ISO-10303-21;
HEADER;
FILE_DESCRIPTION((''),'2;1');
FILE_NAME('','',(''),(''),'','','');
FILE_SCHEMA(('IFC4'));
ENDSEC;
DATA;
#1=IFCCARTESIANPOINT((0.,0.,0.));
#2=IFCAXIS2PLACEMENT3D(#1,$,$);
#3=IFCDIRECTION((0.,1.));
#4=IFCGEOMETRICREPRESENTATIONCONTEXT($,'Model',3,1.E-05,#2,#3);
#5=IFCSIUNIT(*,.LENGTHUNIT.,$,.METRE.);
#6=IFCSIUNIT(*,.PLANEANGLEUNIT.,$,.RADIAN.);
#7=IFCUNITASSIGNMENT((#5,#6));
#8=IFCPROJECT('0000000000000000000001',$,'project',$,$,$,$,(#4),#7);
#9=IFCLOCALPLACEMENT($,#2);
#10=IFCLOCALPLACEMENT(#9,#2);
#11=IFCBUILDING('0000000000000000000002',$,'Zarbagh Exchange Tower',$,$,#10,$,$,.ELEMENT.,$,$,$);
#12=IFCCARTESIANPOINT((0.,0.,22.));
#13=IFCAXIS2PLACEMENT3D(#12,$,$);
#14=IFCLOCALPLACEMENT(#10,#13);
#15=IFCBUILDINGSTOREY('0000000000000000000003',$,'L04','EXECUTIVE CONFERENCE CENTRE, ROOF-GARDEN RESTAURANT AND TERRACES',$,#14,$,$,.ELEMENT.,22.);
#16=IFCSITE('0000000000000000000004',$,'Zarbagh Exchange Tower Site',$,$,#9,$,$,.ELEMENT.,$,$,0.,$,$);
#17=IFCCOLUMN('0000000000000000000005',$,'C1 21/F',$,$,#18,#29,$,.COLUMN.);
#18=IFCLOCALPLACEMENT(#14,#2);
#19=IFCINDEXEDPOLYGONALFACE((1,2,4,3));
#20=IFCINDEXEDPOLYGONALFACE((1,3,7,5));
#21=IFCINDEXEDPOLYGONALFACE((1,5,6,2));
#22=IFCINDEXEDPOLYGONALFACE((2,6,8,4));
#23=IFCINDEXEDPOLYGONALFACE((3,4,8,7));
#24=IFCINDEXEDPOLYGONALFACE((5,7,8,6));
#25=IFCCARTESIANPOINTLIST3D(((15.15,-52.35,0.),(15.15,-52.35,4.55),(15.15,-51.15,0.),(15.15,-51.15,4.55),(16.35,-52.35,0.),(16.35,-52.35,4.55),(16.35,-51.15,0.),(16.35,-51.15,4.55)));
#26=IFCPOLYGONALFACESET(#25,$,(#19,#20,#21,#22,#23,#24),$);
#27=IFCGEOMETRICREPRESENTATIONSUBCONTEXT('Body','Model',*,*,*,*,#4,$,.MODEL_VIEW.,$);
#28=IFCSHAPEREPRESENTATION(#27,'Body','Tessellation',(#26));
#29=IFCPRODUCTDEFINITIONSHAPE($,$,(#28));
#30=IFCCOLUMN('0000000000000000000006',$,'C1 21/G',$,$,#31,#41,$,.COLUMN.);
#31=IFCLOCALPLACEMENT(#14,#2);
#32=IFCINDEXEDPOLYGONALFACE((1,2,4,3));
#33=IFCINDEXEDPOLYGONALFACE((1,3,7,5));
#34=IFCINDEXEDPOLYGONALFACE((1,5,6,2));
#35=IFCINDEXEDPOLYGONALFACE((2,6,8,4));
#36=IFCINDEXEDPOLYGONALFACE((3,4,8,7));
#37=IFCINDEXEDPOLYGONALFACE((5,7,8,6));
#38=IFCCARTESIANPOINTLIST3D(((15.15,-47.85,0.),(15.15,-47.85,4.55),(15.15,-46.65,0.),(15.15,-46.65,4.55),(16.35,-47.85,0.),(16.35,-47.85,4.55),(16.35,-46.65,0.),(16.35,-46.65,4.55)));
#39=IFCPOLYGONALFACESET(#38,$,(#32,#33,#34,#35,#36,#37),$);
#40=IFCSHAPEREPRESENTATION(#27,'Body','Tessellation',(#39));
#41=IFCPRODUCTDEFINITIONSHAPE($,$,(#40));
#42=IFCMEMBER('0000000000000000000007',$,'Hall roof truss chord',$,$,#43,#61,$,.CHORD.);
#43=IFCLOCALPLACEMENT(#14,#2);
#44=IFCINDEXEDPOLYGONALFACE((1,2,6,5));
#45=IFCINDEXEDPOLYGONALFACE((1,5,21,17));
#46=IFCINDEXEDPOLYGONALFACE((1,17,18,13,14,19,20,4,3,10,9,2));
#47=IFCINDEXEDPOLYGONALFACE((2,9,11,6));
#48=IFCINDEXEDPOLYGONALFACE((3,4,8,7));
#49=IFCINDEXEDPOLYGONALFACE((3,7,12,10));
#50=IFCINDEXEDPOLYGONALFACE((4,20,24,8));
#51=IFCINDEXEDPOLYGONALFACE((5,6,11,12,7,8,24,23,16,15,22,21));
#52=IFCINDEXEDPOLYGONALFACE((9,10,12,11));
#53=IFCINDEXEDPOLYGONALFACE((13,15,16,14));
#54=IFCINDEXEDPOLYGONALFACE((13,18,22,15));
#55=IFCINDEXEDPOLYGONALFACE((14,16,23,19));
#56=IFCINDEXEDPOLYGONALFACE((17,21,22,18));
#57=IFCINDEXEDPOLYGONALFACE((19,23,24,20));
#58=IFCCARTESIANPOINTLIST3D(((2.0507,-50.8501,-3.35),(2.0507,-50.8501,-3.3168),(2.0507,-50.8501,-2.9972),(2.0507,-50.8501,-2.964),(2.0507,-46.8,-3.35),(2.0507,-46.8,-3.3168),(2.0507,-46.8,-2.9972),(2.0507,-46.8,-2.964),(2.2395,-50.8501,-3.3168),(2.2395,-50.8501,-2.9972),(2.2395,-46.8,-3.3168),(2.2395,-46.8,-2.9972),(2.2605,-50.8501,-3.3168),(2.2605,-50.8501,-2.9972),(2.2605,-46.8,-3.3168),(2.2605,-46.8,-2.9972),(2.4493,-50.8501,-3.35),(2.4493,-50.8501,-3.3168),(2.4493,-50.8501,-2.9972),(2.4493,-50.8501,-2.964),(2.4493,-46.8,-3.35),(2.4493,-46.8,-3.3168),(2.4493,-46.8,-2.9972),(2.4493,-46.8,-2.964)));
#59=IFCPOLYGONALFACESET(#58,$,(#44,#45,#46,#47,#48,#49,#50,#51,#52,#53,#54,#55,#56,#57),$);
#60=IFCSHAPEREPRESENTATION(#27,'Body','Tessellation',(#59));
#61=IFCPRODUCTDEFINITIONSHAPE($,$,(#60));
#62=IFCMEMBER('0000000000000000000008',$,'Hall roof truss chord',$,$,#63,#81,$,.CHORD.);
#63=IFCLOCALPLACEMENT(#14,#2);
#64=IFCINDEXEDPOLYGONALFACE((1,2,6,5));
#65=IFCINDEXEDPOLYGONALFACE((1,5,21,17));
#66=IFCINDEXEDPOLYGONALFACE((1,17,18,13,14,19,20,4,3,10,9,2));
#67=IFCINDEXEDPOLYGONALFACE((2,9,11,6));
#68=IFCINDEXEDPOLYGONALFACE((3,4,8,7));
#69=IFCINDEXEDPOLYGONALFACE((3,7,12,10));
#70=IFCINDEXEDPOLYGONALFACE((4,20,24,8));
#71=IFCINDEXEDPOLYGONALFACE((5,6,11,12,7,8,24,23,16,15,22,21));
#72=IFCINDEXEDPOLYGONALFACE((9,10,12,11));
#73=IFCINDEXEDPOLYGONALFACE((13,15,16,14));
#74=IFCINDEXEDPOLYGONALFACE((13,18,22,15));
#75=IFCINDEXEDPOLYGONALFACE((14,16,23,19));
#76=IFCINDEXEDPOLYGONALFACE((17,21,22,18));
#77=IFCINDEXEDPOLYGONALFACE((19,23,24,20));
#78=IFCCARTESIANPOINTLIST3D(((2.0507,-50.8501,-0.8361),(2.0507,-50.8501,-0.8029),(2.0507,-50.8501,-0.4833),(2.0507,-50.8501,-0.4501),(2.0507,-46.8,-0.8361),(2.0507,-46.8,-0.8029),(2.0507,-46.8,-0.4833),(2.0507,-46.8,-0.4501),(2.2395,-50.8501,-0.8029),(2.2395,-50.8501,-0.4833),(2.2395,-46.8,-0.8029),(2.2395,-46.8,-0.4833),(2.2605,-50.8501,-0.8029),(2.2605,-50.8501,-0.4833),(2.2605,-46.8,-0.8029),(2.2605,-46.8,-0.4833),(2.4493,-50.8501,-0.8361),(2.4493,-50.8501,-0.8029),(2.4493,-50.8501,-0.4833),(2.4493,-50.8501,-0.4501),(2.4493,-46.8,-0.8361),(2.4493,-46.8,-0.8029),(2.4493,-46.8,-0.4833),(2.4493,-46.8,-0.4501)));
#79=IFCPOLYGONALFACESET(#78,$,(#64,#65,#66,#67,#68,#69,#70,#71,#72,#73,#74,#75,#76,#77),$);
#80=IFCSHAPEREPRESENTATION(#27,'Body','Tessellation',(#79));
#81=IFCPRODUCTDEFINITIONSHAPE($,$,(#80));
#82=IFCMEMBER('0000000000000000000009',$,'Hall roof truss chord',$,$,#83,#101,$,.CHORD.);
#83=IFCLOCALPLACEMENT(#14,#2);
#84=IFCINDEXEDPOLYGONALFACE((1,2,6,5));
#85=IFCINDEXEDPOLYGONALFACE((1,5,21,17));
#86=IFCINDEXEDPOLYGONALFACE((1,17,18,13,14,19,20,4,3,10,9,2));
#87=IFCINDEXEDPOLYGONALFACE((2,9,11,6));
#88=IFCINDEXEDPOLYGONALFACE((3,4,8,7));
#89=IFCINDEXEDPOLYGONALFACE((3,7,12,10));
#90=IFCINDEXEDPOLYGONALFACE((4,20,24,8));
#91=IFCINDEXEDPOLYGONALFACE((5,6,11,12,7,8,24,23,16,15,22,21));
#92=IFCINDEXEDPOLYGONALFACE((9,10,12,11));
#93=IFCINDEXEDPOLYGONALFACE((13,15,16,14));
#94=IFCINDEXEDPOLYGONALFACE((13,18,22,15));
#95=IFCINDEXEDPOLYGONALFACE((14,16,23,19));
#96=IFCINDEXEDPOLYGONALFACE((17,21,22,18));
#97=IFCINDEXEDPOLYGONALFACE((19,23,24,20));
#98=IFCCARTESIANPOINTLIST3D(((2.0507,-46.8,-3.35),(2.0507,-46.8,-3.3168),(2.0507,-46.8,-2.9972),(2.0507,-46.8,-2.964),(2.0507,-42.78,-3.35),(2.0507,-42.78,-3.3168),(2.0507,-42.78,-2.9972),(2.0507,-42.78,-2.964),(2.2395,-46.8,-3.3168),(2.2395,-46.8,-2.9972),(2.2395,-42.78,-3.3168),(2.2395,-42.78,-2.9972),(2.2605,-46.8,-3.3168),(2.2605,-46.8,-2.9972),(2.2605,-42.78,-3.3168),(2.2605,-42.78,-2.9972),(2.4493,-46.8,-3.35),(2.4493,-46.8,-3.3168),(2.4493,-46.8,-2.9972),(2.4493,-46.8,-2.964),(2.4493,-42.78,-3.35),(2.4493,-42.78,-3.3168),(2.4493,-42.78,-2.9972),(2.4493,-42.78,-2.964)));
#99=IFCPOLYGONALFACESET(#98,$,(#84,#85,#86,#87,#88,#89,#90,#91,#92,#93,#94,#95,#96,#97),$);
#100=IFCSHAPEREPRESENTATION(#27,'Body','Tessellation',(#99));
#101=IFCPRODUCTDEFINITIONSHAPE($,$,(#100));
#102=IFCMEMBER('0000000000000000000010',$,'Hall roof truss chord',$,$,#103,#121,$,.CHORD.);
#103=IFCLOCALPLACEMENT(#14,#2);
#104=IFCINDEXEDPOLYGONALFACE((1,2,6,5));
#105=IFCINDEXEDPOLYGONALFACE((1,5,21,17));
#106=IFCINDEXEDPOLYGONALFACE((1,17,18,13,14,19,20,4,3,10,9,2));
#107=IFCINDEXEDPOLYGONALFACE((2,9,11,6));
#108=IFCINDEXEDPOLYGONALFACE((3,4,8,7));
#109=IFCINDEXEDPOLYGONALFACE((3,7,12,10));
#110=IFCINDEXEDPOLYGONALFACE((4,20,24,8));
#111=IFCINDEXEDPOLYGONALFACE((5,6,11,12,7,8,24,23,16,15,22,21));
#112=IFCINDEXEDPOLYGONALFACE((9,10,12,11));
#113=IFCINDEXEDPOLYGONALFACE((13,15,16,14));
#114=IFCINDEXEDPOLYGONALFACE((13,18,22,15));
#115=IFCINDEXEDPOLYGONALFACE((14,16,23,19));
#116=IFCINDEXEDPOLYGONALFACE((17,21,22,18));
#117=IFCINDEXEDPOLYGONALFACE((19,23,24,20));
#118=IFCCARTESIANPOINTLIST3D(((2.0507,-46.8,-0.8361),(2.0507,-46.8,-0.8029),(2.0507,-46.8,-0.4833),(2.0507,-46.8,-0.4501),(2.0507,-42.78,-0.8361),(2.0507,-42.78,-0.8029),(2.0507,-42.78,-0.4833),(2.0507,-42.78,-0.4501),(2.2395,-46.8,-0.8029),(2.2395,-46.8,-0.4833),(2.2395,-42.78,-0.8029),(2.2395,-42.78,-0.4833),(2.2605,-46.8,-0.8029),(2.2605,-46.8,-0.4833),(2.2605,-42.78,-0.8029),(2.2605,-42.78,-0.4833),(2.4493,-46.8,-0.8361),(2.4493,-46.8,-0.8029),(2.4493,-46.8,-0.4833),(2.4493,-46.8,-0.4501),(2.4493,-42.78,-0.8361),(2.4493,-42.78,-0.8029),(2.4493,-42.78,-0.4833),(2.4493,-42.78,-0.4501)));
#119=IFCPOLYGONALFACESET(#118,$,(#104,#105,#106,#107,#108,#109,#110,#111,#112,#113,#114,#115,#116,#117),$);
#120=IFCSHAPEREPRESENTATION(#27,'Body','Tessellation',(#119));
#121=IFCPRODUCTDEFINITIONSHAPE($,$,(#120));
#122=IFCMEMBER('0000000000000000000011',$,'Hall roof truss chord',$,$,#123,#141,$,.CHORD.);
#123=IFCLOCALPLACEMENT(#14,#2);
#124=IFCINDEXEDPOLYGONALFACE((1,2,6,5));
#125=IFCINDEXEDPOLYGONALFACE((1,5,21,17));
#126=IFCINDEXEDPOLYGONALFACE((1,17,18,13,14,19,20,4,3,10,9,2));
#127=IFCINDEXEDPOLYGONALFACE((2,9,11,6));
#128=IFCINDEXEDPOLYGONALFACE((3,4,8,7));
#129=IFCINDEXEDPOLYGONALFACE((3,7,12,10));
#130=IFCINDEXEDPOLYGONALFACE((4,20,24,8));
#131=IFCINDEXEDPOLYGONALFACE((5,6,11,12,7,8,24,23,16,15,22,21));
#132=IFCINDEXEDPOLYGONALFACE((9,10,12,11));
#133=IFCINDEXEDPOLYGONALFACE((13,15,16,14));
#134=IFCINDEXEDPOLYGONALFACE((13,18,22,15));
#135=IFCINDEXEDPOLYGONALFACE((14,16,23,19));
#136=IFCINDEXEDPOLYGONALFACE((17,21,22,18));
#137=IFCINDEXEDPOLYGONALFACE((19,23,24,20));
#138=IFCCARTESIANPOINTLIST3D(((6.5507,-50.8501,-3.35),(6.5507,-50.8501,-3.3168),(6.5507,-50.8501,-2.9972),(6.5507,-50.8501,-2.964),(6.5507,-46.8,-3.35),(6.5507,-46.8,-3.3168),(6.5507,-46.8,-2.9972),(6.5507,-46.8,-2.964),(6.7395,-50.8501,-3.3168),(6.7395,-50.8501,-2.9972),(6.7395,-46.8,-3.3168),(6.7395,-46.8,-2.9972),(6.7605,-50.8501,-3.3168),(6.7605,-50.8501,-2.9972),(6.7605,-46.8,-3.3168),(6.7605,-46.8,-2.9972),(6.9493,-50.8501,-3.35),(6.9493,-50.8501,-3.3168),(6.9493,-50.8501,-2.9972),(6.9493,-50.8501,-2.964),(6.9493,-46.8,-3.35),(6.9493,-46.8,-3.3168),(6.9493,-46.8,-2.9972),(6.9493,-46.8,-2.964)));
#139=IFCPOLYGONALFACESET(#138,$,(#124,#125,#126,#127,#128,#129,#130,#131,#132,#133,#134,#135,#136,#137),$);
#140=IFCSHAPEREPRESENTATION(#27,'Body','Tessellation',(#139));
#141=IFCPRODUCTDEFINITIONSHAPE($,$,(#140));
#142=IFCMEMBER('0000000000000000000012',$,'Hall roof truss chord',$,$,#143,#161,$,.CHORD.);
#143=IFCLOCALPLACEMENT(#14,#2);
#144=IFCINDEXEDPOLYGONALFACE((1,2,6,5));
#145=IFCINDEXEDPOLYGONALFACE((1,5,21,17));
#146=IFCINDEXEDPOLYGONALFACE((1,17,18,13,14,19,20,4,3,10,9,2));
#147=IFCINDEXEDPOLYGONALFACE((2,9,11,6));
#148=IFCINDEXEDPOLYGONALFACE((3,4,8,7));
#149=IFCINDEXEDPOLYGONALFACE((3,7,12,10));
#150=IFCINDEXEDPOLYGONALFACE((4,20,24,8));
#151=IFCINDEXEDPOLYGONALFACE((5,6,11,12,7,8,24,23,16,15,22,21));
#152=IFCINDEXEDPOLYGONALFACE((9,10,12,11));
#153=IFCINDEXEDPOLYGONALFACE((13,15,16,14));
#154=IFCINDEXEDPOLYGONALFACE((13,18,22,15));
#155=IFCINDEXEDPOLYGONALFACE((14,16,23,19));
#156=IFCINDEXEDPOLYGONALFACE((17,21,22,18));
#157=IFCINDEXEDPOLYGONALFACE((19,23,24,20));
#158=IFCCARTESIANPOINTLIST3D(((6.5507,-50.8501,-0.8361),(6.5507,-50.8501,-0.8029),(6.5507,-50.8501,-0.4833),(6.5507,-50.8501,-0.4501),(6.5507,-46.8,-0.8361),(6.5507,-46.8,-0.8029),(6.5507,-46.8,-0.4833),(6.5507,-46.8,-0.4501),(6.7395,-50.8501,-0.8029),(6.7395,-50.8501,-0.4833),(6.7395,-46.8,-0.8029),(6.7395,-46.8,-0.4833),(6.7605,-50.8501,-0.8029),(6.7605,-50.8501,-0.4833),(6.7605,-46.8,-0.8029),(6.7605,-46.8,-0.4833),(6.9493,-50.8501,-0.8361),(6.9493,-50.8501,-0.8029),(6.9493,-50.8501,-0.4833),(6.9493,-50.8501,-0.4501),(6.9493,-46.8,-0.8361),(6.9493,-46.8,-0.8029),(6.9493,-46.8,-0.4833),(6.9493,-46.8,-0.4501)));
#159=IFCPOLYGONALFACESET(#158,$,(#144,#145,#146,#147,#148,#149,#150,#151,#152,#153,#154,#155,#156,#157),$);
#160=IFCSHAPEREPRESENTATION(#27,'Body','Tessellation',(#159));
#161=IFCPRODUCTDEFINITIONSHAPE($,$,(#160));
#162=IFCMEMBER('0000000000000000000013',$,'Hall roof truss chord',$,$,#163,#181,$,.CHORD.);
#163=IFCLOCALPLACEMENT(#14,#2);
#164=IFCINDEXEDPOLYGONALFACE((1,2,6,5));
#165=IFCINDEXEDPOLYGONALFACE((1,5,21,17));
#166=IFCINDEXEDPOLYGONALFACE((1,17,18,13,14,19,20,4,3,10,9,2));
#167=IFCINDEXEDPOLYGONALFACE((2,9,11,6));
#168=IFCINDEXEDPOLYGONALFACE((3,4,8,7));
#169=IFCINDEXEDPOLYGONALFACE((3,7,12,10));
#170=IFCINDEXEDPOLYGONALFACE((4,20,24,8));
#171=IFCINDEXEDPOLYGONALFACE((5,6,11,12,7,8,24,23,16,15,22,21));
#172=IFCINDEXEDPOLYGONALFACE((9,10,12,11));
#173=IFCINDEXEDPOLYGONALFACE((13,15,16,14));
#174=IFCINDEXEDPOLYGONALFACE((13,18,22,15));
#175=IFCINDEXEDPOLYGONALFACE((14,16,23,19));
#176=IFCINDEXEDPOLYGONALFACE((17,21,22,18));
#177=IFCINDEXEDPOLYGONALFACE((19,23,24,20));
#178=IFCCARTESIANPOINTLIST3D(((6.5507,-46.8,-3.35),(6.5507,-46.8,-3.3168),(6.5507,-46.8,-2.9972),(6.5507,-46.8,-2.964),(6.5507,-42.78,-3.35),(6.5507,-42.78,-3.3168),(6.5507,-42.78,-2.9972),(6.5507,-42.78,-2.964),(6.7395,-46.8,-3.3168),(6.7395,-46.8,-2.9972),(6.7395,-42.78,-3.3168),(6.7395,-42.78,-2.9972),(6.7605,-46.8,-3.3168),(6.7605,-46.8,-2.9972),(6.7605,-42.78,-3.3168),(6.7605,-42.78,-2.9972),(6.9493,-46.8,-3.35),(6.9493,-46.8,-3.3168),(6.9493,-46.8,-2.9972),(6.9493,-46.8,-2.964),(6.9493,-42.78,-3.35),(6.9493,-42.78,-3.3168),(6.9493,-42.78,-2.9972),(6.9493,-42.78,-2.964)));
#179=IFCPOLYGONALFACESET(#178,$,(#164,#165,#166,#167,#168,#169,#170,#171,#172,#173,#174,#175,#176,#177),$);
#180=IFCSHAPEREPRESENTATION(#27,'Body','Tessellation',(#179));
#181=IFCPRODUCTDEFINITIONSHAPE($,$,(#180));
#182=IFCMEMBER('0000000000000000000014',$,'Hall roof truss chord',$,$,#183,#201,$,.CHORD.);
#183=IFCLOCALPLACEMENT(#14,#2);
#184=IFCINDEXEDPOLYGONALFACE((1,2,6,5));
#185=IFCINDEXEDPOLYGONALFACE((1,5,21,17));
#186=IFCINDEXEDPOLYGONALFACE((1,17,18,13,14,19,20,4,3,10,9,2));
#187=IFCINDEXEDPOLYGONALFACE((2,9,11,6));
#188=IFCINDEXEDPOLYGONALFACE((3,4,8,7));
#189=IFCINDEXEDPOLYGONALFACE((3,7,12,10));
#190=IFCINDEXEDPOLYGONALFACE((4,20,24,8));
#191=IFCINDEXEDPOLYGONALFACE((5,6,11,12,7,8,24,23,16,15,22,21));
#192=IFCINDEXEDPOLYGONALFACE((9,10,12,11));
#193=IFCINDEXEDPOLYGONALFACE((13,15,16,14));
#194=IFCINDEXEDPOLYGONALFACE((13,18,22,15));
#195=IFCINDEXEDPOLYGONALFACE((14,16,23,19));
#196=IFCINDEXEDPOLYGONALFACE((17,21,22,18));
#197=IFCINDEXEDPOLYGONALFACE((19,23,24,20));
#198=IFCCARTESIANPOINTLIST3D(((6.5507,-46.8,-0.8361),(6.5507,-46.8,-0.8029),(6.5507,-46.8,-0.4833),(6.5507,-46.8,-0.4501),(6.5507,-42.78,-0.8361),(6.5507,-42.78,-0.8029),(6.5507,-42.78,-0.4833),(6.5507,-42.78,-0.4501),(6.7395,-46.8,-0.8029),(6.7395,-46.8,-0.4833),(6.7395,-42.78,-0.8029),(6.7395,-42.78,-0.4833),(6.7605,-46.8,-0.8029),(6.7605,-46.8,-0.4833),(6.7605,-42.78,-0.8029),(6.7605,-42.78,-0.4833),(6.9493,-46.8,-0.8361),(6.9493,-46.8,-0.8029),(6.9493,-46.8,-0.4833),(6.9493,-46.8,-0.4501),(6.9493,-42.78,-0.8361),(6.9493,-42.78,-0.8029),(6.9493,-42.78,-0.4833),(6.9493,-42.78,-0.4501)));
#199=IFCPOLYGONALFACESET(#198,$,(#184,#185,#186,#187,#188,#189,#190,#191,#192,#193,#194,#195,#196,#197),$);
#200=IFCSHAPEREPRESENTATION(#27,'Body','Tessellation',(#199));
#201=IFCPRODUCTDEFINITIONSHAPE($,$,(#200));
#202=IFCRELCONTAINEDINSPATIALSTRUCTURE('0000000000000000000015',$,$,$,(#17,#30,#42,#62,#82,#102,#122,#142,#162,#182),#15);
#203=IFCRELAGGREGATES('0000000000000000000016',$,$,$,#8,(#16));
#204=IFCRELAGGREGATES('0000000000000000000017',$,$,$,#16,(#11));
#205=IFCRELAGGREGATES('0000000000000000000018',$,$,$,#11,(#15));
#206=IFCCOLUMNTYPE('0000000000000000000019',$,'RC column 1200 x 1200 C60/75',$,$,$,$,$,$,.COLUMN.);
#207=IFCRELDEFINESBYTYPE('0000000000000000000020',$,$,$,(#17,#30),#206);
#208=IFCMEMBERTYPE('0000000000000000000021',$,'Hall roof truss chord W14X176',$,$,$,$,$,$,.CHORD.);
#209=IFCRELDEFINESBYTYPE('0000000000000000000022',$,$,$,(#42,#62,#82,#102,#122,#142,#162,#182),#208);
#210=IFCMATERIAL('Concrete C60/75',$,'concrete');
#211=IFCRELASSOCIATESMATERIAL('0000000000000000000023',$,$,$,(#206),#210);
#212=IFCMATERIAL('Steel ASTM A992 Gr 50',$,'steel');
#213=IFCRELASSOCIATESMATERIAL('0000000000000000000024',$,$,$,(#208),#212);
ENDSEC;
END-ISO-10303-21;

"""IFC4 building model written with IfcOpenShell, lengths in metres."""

from ifc_helpers import new_model, si_unit, direction, frame, origin, origin_2d, place, context, subcontext, project, spatial, rectangle, i_section, extrude, material, material_profile, profile_set, type_object, element, save


model = new_model("IFC4")

# Units and contexts
model_context = context("Model", 3, precision=1e-05, world=origin(), true_north=direction((0.0, 1.0)))
body_context = subcontext(model_context, "Body", "Model", "MODEL_VIEW")
ifc_project = project(units=[si_unit("LENGTHUNIT", "METRE"), si_unit("PLANEANGLEUNIT", "RADIAN")], contexts=[model_context])

# Site, building, storey
site_placement = place(None, origin())
site = spatial("IfcSite", under=ifc_project, at=site_placement, Name="Zarbagh Exchange Tower Site", CompositionType="ELEMENT", RefElevation=0.0)
building_placement = place(site_placement, origin())
building = spatial("IfcBuilding", under=site, at=building_placement, Name="Zarbagh Exchange Tower", CompositionType="ELEMENT")
storey_placement = place(building_placement, frame((0.0, 0.0, 22.0)))
storey = spatial("IfcBuildingStorey", under=building, at=storey_placement, Name="L04", Description="EXECUTIVE CONFERENCE CENTRE, ROOF-GARDEN RESTAURANT AND TERRACES", CompositionType="ELEMENT", Elevation=22.0)

# Columns
ifc_material_1 = material(Name="Concrete C60/75", Category="concrete")
ifc_material_profile_1 = material_profile(ifc_material_1, rectangle(XDim=1.2, YDim=1.2, at=origin_2d()), Name="RC column 1200 x 1200 C60/75")
ifc_profile_set_1 = profile_set([ifc_material_profile_1], Name="Concrete C60/75")
column_type = type_object("IfcColumnType", Name="RC column 1200 x 1200 C60/75", PredefinedType="COLUMN", material=ifc_profile_set_1)
for number, where, z_axis, x_axis, name in (
    (1, (15.75, -51.75, 0.0), (0.0, 0.0, 1.0), (1.0, 0.0, 0.0), "C1 21/F"),
    (2, (15.75, -47.25, 0.0), (0.0, 0.0, 1.0), (1.0, 0.0, 0.0), "C1 21/G"),
):
    element("IfcColumn", number, at=place(storey_placement, frame(where, z_axis=z_axis, x_axis=x_axis)), inside=storey, type_object=column_type, Name=name, PredefinedType="COLUMN", context=body_context, shape_type="SweptSolid", body=[
        extrude(rectangle(XDim=1.2, YDim=1.2, at=origin_2d()), origin(), (0.0, 0.0, 1.0), 4.55),
    ])

# Members
ifc_material_2 = material(Name="Steel ASTM A992 Gr 50", Category="steel")
ifc_material_profile_2 = material_profile(ifc_material_2, i_section(OverallWidth=0.3987, OverallDepth=0.386, WebThickness=0.021, FlangeThickness=0.0332, at=origin_2d()), Name="W14X176")
ifc_profile_set_2 = profile_set([ifc_material_profile_2], Name="Steel ASTM A992 Gr 50")
member_type_1 = type_object("IfcMemberType", Name="Hall roof truss chord W14X176", PredefinedType="CHORD", material=ifc_profile_set_2)
for number, where, z_axis, x_axis, name in (
    (3, (2.25, -50.8501, -3.157), (0.0, 1.0, 0.0), (-1.0, 0.0, 0.0), "Hall roof truss chord"),
    (4, (2.25, -50.8501, -0.6431), (0.0, 1.0, 0.0), (-1.0, 0.0, 0.0), "Hall roof truss chord"),
):
    element("IfcMember", number, at=place(storey_placement, frame(where, z_axis=z_axis, x_axis=x_axis)), inside=storey, type_object=member_type_1, Name=name, PredefinedType="CHORD", context=body_context, shape_type="SweptSolid", body=[
        extrude(i_section(OverallWidth=0.3987, OverallDepth=0.386, WebThickness=0.021, FlangeThickness=0.0332, at=origin_2d()), origin(), (0.0, 0.0, 1.0), 4.05),
    ])
for number, where, z_axis, x_axis, name in (
    (5, (2.25, -46.8, -3.157), (0.0, 1.0, 0.0), (-1.0, 0.0, 0.0), "Hall roof truss chord"),
    (6, (2.25, -46.8, -0.6431), (0.0, 1.0, 0.0), (-1.0, 0.0, 0.0), "Hall roof truss chord"),
):
    element("IfcMember", number, at=place(storey_placement, frame(where, z_axis=z_axis, x_axis=x_axis)), inside=storey, type_object=member_type_1, Name=name, PredefinedType="CHORD", context=body_context, shape_type="SweptSolid", body=[
        extrude(i_section(OverallWidth=0.3987, OverallDepth=0.386, WebThickness=0.021, FlangeThickness=0.0332, at=origin_2d()), origin(), (0.0, 0.0, 1.0), 4.02),
    ])
for number, where, z_axis, x_axis, name in (
    (7, (6.75, -50.8501, -3.157), (0.0, 1.0, 0.0), (-1.0, 0.0, 0.0), "Hall roof truss chord"),
    (8, (6.75, -50.8501, -0.6431), (0.0, 1.0, 0.0), (-1.0, 0.0, 0.0), "Hall roof truss chord"),
):
    element("IfcMember", number, at=place(storey_placement, frame(where, z_axis=z_axis, x_axis=x_axis)), inside=storey, type_object=member_type_1, Name=name, PredefinedType="CHORD", context=body_context, shape_type="SweptSolid", body=[
        extrude(i_section(OverallWidth=0.3987, OverallDepth=0.386, WebThickness=0.021, FlangeThickness=0.0332, at=origin_2d()), origin(), (0.0, 0.0, 1.0), 4.05),
    ])
for number, where, z_axis, x_axis, name in (
    (9, (6.75, -46.8, -3.157), (0.0, 1.0, 0.0), (-1.0, 0.0, 0.0), "Hall roof truss chord"),
    (10, (6.75, -46.8, -0.6431), (0.0, 1.0, 0.0), (-1.0, 0.0, 0.0), "Hall roof truss chord"),
):
    element("IfcMember", number, at=place(storey_placement, frame(where, z_axis=z_axis, x_axis=x_axis)), inside=storey, type_object=member_type_1, Name=name, PredefinedType="CHORD", context=body_context, shape_type="SweptSolid", body=[
        extrude(i_section(OverallWidth=0.3987, OverallDepth=0.386, WebThickness=0.021, FlangeThickness=0.0332, at=origin_2d()), origin(), (0.0, 0.0, 1.0), 4.02),
    ])

save(model, "model.ifc")
